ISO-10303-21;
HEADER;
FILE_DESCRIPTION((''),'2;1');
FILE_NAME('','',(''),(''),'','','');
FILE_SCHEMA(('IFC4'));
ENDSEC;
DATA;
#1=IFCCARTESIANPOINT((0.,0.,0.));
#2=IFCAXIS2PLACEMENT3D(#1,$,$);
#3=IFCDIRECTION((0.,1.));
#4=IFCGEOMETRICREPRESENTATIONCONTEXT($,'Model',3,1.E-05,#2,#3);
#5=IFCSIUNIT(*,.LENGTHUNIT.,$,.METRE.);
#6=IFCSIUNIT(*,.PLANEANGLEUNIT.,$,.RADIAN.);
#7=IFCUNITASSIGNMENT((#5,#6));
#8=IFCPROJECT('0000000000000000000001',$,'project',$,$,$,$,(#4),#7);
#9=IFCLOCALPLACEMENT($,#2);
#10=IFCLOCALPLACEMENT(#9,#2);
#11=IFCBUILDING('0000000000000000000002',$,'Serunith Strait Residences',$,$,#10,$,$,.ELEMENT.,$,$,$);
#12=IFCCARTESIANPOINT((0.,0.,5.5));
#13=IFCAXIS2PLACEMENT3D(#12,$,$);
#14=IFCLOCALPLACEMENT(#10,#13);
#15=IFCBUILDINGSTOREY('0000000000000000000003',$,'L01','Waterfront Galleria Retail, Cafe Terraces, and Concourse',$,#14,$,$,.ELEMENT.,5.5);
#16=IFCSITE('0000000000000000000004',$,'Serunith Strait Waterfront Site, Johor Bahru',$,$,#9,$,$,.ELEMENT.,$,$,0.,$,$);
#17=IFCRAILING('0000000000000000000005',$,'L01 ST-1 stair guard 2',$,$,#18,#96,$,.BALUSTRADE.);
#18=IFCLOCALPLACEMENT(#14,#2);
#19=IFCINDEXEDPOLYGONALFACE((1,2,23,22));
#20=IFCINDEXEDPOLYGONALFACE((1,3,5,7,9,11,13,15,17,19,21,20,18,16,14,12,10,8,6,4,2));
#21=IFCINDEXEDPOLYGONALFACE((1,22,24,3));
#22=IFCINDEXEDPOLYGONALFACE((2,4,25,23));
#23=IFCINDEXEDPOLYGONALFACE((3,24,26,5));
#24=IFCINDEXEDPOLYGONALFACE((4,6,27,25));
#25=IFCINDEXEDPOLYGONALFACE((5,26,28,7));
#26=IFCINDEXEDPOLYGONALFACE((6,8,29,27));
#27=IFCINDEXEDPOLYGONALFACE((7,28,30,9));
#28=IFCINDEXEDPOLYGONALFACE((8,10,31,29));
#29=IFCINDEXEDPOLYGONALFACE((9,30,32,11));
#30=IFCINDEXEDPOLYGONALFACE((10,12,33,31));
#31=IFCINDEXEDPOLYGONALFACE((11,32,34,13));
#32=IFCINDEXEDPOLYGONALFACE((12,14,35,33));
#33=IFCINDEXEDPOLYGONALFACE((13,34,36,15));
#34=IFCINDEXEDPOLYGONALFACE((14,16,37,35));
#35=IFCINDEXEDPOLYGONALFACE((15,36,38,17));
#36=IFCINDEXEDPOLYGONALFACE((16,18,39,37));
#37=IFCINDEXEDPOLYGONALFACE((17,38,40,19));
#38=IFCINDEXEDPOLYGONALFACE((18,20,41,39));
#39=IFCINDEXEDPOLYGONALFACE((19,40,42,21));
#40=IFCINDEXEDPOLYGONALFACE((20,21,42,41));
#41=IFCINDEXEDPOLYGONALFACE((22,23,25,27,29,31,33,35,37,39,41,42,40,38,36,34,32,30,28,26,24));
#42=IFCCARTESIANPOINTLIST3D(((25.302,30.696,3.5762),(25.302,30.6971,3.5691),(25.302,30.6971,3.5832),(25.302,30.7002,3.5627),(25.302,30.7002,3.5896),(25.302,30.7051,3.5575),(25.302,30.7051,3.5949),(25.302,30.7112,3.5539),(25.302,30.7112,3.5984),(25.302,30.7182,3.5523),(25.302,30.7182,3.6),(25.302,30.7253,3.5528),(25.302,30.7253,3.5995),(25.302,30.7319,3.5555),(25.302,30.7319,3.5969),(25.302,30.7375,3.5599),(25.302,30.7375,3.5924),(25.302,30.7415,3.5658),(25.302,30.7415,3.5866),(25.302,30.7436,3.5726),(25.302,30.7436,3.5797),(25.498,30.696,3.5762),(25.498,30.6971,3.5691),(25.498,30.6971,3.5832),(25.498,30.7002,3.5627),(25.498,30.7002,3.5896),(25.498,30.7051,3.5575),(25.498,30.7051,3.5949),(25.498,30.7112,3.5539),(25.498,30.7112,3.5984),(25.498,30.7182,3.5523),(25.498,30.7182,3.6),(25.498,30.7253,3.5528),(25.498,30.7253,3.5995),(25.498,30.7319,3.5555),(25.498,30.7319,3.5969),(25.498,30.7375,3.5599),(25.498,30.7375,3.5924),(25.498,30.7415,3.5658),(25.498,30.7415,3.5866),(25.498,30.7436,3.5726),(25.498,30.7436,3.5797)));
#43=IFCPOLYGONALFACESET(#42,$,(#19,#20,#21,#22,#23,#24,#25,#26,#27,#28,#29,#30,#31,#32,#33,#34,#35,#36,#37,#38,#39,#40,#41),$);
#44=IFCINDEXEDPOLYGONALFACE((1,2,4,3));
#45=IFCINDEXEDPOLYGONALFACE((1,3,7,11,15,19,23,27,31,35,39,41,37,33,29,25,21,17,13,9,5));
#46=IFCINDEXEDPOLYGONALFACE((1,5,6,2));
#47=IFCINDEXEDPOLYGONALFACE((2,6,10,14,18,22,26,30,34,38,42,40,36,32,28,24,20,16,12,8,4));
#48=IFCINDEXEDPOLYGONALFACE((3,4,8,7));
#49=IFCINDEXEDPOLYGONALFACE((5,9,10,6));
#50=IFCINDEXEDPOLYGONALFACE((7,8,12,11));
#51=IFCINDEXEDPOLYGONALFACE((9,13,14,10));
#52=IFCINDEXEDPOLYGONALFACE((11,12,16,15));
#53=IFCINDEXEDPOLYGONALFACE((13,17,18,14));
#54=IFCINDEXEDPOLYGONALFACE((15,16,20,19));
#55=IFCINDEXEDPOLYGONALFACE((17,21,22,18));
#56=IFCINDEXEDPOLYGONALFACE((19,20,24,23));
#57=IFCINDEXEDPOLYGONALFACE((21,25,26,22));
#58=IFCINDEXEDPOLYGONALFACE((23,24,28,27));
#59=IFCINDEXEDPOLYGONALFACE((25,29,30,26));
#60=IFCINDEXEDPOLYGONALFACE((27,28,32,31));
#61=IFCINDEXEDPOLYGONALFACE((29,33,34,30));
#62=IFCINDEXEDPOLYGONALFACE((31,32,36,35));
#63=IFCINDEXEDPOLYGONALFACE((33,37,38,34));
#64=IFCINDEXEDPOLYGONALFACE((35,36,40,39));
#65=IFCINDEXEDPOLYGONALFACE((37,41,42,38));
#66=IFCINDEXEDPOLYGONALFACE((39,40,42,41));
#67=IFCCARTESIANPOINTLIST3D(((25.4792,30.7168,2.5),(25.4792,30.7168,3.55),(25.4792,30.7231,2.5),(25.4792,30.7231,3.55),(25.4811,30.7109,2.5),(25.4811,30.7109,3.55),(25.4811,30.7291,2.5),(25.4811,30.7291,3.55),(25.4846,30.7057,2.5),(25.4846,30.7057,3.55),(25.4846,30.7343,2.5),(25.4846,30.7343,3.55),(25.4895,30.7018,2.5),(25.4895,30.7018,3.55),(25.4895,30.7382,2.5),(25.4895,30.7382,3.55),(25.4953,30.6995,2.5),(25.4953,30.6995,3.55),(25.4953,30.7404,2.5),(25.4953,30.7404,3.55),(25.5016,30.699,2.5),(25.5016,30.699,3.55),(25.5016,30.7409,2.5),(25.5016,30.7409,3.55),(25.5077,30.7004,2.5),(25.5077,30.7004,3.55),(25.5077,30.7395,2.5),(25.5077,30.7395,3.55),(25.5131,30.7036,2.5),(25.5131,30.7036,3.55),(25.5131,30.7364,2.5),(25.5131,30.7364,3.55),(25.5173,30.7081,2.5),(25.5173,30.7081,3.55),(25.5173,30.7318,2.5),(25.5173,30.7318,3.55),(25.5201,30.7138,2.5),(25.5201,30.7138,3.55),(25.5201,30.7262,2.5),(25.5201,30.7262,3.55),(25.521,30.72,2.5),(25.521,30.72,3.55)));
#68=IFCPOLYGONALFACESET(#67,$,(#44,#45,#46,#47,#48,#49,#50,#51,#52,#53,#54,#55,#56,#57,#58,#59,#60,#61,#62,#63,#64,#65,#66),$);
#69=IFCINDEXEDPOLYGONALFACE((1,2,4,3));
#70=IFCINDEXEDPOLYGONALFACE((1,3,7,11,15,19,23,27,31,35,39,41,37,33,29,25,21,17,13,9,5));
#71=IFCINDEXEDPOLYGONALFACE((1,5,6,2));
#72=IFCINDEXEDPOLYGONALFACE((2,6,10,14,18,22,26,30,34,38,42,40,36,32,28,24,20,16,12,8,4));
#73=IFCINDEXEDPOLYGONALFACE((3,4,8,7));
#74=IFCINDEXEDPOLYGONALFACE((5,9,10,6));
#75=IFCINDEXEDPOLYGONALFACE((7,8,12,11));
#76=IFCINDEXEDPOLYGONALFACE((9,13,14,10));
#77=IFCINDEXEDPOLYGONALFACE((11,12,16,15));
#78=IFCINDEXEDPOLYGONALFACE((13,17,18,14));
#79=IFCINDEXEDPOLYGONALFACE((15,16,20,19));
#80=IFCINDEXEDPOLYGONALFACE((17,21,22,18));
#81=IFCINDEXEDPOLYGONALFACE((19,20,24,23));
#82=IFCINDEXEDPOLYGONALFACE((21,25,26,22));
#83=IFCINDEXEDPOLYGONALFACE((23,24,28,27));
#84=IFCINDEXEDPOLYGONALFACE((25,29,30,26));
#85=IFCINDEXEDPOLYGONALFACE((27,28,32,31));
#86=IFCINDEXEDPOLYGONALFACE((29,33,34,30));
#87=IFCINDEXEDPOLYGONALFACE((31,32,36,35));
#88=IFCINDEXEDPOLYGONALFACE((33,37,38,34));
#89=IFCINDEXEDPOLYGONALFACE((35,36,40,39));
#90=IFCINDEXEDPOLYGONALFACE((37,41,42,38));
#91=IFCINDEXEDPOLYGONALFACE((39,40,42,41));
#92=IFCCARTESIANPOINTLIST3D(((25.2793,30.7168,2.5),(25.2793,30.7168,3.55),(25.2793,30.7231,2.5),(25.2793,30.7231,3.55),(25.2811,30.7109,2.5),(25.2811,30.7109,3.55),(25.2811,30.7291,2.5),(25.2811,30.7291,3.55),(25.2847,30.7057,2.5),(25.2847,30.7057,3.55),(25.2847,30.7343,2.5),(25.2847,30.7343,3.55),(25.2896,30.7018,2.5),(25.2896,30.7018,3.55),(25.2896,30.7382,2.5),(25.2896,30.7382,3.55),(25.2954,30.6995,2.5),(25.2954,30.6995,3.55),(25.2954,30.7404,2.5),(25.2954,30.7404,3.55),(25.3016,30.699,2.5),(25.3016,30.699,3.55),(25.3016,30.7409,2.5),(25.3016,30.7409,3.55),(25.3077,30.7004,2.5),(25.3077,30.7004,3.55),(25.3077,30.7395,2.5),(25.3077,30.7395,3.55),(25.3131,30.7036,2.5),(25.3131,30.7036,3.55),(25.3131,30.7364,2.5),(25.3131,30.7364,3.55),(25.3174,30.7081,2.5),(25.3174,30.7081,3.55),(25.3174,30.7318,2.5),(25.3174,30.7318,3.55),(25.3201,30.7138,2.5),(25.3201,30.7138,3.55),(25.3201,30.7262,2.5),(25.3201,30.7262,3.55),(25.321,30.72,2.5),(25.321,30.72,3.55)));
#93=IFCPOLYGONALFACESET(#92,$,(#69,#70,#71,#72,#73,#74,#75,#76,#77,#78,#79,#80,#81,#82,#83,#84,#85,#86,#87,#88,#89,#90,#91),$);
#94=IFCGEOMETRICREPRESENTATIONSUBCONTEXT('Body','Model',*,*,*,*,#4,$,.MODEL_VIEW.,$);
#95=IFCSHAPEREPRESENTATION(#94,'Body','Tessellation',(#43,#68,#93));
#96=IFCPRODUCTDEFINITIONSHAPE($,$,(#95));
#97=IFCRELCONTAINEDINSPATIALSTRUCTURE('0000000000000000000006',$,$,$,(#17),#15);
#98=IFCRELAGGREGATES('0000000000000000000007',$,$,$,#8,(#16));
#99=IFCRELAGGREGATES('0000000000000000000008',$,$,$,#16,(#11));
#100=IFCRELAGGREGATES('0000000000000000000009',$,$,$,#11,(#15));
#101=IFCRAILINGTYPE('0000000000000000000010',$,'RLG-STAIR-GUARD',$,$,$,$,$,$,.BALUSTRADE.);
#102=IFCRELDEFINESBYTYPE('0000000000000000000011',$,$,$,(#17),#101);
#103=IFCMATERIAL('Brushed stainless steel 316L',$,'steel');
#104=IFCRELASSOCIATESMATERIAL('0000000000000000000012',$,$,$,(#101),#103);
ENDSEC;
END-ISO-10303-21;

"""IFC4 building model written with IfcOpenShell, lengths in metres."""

from ifc_helpers import new_model, si_unit, direction, frame, origin, origin_2d, place, context, subcontext, project, spatial, circle, extrude, material, type_object, element, save


model = new_model("IFC4")

# Units and contexts
model_context = context("Model", 3, precision=1e-05, world=origin(), true_north=direction((0.0, 1.0)))
body_context = subcontext(model_context, "Body", "Model", "MODEL_VIEW")
ifc_project = project(units=[si_unit("LENGTHUNIT", "METRE"), si_unit("PLANEANGLEUNIT", "RADIAN")], contexts=[model_context])

# Site, building, storey
site_placement = place(None, origin())
site = spatial("IfcSite", under=ifc_project, at=site_placement, Name="Serunith Strait Waterfront Site, Johor Bahru", CompositionType="ELEMENT", RefElevation=0.0)
building_placement = place(site_placement, origin())
building = spatial("IfcBuilding", under=site, at=building_placement, Name="Serunith Strait Residences", CompositionType="ELEMENT")
storey_placement = place(building_placement, frame((0.0, 0.0, 5.5)))
storey = spatial("IfcBuildingStorey", under=building, at=storey_placement, Name="L01", Description="Waterfront Galleria Retail, Cafe Terraces, and Concourse", CompositionType="ELEMENT", Elevation=5.5)

# Railing
ifc_material_1 = material(Name="Brushed stainless steel 316L", Category="steel")
railing_type_1 = type_object("IfcRailingType", Name="RLG-STAIR-GUARD", PredefinedType="BALUSTRADE", material=ifc_material_1)
railing_1_placement = place(storey_placement, frame((25.5, 30.72, 2.5)))
element("IfcRailing", 1, at=railing_1_placement, inside=storey, type_object=railing_type_1, Name="L01 ST-1 stair guard 2", PredefinedType="BALUSTRADE", context=body_context, shape_type="SweptSolid", body=[
    extrude(circle(Radius=0.0239, at=origin_2d()), frame((-0.002, 0.0, 1.0762), z_axis=(-1.0, 0.0, 0.0), x_axis=(0.0, -1.0, 0.0)), (0.0, 0.0, 1.0), 0.196),
    extrude(circle(Radius=0.021, at=origin_2d()), origin(), (0.0, 0.0, 1.0), 1.05),
    extrude(circle(Radius=0.021, at=origin_2d()), frame((-0.2, 0.0, 0.0)), (0.0, 0.0, 1.0), 1.05),
])

save(model, "model.ifc")
